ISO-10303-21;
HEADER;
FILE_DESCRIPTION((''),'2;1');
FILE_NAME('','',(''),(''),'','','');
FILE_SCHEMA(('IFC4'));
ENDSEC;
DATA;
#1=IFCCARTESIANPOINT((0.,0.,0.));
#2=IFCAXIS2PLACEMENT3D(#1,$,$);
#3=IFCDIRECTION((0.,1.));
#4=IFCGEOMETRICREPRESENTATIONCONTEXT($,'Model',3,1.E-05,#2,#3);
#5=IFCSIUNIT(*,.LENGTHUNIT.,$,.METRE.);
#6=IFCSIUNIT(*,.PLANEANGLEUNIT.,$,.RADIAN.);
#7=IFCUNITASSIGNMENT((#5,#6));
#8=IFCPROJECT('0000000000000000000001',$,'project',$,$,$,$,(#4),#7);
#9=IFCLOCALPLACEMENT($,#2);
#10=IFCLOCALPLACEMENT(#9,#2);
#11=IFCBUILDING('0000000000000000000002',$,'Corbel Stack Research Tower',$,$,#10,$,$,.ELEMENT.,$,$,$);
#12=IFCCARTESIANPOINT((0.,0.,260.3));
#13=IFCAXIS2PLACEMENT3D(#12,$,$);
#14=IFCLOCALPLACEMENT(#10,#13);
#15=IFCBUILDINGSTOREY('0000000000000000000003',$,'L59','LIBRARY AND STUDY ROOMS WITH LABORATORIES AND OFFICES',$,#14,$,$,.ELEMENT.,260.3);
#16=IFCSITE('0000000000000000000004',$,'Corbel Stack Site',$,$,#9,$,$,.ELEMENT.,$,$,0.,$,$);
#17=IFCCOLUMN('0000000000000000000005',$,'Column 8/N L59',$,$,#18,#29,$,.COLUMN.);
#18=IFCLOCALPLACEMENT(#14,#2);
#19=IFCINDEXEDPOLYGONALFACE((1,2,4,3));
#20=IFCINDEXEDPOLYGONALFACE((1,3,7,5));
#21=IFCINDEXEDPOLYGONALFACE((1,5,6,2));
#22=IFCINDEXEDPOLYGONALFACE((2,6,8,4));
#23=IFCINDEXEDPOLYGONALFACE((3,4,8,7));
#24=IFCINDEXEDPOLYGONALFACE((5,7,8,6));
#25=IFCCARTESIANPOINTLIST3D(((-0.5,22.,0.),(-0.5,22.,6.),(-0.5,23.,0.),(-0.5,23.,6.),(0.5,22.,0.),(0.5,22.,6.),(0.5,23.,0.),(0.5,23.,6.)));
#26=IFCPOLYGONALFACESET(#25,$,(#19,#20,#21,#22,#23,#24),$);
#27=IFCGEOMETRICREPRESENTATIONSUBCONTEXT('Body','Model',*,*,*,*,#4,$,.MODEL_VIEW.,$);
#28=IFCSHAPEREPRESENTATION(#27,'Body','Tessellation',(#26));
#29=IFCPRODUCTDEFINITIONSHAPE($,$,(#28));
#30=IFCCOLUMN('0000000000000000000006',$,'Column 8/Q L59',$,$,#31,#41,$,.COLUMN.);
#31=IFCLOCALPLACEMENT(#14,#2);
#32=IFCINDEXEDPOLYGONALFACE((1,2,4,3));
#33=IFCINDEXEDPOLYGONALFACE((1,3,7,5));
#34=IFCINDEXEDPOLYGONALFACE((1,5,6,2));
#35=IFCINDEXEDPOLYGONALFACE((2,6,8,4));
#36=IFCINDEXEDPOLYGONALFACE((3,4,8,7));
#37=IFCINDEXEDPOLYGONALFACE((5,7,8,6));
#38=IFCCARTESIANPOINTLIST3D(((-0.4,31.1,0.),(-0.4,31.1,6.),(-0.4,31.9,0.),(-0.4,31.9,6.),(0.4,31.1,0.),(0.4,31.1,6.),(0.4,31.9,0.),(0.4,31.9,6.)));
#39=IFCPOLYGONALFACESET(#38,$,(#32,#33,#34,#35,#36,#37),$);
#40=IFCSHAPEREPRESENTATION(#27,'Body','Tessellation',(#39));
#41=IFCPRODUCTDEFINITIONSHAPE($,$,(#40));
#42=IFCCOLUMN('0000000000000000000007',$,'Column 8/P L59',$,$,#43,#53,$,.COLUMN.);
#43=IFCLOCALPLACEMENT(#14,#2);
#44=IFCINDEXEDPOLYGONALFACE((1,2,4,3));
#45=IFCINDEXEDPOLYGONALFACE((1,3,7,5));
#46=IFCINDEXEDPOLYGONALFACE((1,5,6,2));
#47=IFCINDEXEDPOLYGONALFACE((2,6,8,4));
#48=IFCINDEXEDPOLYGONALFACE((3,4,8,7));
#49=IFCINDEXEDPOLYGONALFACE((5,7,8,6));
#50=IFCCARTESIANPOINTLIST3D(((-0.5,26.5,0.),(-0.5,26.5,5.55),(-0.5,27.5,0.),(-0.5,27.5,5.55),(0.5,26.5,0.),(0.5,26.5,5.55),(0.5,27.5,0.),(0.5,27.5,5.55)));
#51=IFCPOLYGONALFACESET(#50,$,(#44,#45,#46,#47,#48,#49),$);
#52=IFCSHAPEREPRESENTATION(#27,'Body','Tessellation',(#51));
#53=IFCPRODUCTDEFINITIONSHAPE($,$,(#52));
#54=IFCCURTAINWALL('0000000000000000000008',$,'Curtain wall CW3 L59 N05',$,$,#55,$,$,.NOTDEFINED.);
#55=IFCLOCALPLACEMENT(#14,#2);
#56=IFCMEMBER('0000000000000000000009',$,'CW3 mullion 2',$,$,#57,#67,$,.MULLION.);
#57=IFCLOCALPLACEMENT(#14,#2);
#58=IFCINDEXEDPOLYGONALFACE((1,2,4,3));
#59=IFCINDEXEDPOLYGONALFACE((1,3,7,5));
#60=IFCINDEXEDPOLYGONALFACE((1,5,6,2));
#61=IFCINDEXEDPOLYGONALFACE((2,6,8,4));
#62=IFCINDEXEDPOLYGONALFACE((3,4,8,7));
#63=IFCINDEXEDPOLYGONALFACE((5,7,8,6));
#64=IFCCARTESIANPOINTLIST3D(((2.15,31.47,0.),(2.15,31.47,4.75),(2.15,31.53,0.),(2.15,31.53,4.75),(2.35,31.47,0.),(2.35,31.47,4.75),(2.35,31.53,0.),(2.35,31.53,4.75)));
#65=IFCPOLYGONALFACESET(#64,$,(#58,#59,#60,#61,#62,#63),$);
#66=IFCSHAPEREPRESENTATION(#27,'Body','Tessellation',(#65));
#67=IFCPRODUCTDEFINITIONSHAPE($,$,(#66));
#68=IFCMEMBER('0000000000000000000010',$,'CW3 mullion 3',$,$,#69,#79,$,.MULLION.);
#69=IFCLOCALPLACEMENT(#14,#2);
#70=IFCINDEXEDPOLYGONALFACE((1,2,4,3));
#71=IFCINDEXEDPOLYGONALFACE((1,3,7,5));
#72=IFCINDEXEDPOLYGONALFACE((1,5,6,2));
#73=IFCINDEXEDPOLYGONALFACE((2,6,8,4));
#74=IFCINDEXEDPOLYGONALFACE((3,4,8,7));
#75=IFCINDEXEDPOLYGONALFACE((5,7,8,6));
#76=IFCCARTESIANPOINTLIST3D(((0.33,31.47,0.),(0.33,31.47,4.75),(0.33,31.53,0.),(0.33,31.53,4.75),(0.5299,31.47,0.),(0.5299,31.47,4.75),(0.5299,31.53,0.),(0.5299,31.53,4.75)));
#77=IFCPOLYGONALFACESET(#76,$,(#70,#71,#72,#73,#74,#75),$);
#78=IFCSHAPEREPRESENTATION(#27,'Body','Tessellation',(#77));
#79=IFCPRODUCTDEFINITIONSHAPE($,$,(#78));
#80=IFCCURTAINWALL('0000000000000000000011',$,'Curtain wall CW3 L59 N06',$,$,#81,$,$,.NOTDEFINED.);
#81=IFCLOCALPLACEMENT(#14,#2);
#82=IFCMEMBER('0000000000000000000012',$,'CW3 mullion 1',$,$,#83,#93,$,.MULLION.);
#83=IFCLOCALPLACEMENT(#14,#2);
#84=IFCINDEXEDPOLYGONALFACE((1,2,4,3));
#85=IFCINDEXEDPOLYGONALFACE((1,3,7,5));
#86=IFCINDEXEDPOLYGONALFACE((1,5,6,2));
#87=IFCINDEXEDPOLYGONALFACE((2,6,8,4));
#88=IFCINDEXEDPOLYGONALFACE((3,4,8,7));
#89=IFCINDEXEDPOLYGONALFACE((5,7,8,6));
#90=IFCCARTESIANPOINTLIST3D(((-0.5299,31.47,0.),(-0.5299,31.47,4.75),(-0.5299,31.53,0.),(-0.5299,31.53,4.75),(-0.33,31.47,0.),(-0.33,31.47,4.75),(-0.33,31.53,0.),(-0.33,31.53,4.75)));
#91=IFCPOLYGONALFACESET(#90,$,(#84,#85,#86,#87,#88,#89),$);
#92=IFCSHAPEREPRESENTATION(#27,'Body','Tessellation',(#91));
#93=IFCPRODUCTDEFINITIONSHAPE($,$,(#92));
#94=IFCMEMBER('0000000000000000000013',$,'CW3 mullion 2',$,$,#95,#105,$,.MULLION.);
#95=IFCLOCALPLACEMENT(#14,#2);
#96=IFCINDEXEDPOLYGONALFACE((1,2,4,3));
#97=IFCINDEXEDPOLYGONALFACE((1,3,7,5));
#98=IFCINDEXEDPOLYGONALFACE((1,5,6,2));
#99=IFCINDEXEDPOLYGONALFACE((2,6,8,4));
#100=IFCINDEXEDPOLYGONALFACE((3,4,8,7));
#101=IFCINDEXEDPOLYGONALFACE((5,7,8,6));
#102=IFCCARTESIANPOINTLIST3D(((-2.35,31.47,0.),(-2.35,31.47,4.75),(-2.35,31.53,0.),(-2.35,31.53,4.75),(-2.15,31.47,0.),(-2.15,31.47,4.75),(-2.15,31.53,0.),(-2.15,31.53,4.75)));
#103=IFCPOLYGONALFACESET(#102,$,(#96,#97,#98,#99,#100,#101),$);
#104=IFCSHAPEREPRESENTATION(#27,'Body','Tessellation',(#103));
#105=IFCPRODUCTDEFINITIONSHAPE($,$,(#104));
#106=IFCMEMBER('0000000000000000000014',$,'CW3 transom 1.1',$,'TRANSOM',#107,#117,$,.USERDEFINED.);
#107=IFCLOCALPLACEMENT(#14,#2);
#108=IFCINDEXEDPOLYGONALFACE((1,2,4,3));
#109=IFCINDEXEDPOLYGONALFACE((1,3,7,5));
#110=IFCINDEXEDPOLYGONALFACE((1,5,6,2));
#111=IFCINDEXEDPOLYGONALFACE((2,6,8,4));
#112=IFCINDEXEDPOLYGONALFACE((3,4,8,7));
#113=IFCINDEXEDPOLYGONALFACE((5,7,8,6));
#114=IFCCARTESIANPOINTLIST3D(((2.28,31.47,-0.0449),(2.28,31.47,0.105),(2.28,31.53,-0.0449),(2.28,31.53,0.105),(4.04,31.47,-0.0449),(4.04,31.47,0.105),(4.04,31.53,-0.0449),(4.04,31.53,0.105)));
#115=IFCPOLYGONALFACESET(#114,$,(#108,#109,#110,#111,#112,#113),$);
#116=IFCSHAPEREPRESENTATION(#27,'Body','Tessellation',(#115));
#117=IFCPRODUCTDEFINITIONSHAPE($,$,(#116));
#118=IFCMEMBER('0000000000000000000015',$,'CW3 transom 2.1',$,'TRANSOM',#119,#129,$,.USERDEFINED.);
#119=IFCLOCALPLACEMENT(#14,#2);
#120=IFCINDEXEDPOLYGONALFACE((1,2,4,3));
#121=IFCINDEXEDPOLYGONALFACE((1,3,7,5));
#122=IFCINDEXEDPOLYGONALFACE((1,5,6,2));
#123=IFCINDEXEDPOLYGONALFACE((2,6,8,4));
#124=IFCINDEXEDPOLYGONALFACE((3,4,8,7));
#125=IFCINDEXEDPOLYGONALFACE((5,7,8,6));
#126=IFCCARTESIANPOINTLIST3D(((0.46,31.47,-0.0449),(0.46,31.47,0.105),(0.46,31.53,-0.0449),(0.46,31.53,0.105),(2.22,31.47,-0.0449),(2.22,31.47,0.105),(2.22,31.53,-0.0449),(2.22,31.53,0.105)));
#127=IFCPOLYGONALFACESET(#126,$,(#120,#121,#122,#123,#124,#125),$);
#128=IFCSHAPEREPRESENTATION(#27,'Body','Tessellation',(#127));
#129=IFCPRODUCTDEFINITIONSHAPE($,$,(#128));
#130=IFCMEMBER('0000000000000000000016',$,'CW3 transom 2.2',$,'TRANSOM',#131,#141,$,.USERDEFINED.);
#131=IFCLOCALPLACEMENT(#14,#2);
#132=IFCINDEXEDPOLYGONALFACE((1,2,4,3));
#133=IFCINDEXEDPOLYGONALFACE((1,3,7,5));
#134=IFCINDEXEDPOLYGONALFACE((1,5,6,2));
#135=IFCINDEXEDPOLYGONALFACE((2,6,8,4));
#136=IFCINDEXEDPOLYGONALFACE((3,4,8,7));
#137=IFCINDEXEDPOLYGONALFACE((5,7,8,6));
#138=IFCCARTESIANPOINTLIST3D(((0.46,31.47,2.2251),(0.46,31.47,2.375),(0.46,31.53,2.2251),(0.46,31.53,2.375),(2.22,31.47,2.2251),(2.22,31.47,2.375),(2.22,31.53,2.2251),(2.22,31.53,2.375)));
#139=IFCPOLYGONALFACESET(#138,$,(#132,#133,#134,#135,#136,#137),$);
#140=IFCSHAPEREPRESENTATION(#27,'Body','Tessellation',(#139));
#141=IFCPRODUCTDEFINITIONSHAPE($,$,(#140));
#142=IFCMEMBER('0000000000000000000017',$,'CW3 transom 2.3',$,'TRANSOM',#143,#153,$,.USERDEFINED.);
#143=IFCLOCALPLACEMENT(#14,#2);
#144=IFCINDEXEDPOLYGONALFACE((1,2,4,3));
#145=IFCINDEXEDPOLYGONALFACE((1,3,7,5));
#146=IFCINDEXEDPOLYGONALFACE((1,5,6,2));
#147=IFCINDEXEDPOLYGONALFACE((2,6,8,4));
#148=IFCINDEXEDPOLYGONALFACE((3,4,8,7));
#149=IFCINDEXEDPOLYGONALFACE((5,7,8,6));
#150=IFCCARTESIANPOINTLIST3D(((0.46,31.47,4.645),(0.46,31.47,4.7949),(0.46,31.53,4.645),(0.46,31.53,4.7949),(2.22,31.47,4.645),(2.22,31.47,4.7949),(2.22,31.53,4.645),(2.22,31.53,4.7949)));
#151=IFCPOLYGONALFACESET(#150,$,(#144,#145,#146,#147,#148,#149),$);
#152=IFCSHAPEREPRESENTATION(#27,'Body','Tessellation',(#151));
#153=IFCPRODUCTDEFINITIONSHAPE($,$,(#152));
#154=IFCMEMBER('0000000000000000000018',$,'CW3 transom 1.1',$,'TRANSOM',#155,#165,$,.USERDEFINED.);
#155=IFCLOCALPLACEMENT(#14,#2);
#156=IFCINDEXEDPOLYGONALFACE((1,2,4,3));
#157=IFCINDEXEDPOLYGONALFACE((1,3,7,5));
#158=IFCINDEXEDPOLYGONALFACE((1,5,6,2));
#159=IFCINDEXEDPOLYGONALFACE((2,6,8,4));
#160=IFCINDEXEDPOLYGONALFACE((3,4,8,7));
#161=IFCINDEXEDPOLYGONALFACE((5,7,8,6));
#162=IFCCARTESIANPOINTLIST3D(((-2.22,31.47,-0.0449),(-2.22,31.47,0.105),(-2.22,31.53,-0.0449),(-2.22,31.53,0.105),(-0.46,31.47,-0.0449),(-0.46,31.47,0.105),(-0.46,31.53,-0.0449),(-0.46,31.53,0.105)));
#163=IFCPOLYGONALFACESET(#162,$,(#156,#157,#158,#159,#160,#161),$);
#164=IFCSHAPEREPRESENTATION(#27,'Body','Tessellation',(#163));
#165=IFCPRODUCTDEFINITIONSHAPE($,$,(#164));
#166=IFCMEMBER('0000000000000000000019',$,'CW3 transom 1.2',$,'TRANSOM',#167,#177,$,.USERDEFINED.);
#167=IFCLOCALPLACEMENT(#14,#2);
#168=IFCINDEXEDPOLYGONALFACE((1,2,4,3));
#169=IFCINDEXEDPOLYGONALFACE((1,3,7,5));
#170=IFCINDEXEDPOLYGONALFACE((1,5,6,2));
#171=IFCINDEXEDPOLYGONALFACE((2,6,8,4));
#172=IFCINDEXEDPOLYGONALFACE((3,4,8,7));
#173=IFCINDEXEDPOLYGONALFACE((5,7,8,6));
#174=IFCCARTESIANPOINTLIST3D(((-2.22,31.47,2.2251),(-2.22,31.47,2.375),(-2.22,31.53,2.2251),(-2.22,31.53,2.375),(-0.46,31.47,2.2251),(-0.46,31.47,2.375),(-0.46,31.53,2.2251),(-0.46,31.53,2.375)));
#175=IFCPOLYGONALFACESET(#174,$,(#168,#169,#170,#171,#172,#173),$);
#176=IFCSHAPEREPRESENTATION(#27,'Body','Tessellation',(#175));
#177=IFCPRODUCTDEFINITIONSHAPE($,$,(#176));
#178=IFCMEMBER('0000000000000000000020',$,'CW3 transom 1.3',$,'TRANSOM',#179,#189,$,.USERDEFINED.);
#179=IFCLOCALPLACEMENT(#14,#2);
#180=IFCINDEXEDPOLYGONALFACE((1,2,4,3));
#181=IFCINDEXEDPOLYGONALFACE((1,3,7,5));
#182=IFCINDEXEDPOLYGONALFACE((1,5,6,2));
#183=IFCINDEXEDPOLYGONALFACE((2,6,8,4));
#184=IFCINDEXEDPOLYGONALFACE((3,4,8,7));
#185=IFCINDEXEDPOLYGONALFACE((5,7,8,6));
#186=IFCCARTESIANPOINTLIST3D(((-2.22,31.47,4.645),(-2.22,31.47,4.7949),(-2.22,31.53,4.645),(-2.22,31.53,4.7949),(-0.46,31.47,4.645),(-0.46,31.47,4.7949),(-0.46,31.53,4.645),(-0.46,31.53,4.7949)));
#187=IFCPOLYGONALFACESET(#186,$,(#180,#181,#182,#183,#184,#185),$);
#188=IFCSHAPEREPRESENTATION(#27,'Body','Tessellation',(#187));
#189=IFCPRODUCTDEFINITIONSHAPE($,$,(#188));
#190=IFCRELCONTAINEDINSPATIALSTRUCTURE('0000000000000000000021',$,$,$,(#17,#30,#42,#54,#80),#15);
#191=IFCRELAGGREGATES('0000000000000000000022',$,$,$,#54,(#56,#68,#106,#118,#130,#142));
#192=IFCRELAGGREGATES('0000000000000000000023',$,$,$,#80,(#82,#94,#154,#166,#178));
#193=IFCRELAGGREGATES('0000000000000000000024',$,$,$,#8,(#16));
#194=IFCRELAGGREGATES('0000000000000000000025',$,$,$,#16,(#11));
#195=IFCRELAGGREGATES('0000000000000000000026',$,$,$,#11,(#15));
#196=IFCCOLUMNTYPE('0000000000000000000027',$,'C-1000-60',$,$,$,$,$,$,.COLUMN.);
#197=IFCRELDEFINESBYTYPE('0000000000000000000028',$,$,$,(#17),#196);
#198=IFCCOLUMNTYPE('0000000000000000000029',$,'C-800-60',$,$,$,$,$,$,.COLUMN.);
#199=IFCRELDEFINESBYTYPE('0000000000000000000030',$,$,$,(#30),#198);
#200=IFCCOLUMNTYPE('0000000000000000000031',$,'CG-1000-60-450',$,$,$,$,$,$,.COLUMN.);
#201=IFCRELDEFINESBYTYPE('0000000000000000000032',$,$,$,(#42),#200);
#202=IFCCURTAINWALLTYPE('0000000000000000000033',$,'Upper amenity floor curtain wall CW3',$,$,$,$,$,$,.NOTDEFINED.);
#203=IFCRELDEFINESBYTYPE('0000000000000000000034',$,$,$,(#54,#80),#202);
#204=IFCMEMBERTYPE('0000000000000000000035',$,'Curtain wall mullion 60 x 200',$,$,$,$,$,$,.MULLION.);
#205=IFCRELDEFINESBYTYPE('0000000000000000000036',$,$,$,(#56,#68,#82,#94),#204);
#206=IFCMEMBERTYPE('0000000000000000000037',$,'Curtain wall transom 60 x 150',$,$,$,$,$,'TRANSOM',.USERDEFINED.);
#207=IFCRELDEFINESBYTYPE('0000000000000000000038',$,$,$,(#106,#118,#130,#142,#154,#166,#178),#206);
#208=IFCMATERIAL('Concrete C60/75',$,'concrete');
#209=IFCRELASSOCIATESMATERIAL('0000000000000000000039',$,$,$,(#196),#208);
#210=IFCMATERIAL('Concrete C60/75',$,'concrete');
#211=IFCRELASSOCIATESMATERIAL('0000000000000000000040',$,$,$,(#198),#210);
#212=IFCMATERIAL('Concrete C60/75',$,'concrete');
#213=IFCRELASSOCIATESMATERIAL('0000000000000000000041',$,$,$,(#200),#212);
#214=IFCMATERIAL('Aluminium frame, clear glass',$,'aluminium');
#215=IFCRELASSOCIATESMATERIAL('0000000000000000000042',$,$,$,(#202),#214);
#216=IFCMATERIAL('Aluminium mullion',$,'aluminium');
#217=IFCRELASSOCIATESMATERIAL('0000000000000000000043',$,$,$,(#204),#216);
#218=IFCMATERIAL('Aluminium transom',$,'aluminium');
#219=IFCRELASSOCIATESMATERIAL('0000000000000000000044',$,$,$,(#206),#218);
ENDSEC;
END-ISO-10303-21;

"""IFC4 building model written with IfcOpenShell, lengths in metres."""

from ifc_helpers import new_model, si_unit, direction, frame, origin, origin_2d, place, context, subcontext, project, spatial, rectangle, extrude, material, material_profile, profile_set, type_object, element, aggregate, save


model = new_model("IFC4")

# Units and contexts
model_context = context("Model", 3, precision=1e-05, world=origin(), true_north=direction((0.0, 1.0)))
body_context = subcontext(model_context, "Body", "Model", "MODEL_VIEW")
ifc_project = project(units=[si_unit("LENGTHUNIT", "METRE"), si_unit("PLANEANGLEUNIT", "RADIAN")], contexts=[model_context])

# Site, building, storey
site_placement = place(None, origin())
site = spatial("IfcSite", under=ifc_project, at=site_placement, Name="Corbel Stack Site", CompositionType="ELEMENT", RefElevation=0.0)
building_placement = place(site_placement, origin())
building = spatial("IfcBuilding", under=site, at=building_placement, Name="Corbel Stack Research Tower", CompositionType="ELEMENT")
storey_placement = place(building_placement, frame((0.0, 0.0, 260.3)))
storey = spatial("IfcBuildingStorey", under=building, at=storey_placement, Name="L59", Description="LIBRARY AND STUDY ROOMS WITH LABORATORIES AND OFFICES", CompositionType="ELEMENT", Elevation=260.3)

# Columns
ifc_material_1 = material(Name="Concrete C60/75", Category="concrete")
ifc_material_profile_1 = material_profile(ifc_material_1, rectangle(XDim=1.0, YDim=1.0, at=origin_2d()), Name="RC 1000 x 1000")
ifc_profile_set_1 = profile_set([ifc_material_profile_1], Name="Concrete C60/75")
column_type_1 = type_object("IfcColumnType", Name="C-1000-60", PredefinedType="COLUMN", material=ifc_profile_set_1)
column_1_placement = place(storey_placement, frame((0.0, 22.5, 0.0), z_axis=(0.0, 0.0, 1.0), x_axis=(1.0, 0.0, 0.0)))
element("IfcColumn", 1, at=column_1_placement, inside=storey, type_object=column_type_1, Name="Column 8/N L59", PredefinedType="COLUMN", context=body_context, shape_type="SweptSolid", body=[
    extrude(rectangle(XDim=1.0, YDim=1.0, at=origin_2d()), origin(), (0.0, 0.0, 1.0), 6.0),
])
ifc_material_2 = material(Name="Concrete C60/75", Category="concrete")
ifc_material_profile_2 = material_profile(ifc_material_2, rectangle(XDim=0.8, YDim=0.8, at=origin_2d()), Name="RC 800 x 800")
ifc_profile_set_2 = profile_set([ifc_material_profile_2], Name="Concrete C60/75")
column_type_2 = type_object("IfcColumnType", Name="C-800-60", PredefinedType="COLUMN", material=ifc_profile_set_2)
column_2_placement = place(storey_placement, frame((0.0, 31.5, 0.0), z_axis=(0.0, 0.0, 1.0), x_axis=(1.0, 0.0, 0.0)))
element("IfcColumn", 2, at=column_2_placement, inside=storey, type_object=column_type_2, Name="Column 8/Q L59", PredefinedType="COLUMN", context=body_context, shape_type="SweptSolid", body=[
    extrude(rectangle(XDim=0.8, YDim=0.8, at=origin_2d()), origin(), (0.0, 0.0, 1.0), 6.0),
])
ifc_material_3 = material(Name="Concrete C60/75", Category="concrete")
ifc_material_profile_3 = material_profile(ifc_material_3, rectangle(XDim=1.0, YDim=1.0, at=origin_2d()), Name="RC 1000 x 1000")
ifc_profile_set_3 = profile_set([ifc_material_profile_3], Name="Concrete C60/75")
column_type_3 = type_object("IfcColumnType", Name="CG-1000-60-450", PredefinedType="COLUMN", material=ifc_profile_set_3)
column_3_placement = place(storey_placement, frame((0.0, 27.0, 0.0), z_axis=(0.0, 0.0, 1.0), x_axis=(1.0, 0.0, 0.0)))
element("IfcColumn", 3, at=column_3_placement, inside=storey, type_object=column_type_3, Name="Column 8/P L59", PredefinedType="COLUMN", context=body_context, shape_type="SweptSolid", body=[
    extrude(rectangle(XDim=1.0, YDim=1.0, at=origin_2d()), origin(), (0.0, 0.0, 1.0), 5.55),
])

# Curtain walls, members
ifc_material_4 = material(Name="Aluminium frame, clear glass", Category="aluminium")
curtain_wall_type = type_object("IfcCurtainWallType", Name="Upper amenity floor curtain wall CW3", PredefinedType="NOTDEFINED", material=ifc_material_4)
curtain_wall_1_placement = place(storey_placement, origin())
curtain_wall_1 = element("IfcCurtainWall", 4, at=curtain_wall_1_placement, inside=storey, type_object=curtain_wall_type, Name="Curtain wall CW3 L59 N05", PredefinedType="NOTDEFINED")
ifc_material_5 = material(Name="Aluminium mullion", Category="aluminium")
ifc_material_profile_4 = material_profile(ifc_material_5, rectangle(XDim=0.0601, YDim=0.2, at=origin_2d()), Name="Mullion 60 x 200")
ifc_profile_set_4 = profile_set([ifc_material_profile_4], Name="Aluminium mullion")
member_type_1 = type_object("IfcMemberType", Name="Curtain wall mullion 60 x 200", PredefinedType="MULLION", material=ifc_profile_set_4)
member_1_placement = place(storey_placement, frame((2.25, 31.5, 0.0), z_axis=(0.0, 0.0, 1.0), x_axis=(0.0, -1.0, 0.0)))
member_1 = element("IfcMember", 5, at=member_1_placement, type_object=member_type_1, Name="CW3 mullion 2", PredefinedType="MULLION", context=body_context, shape_type="SweptSolid", body=[
    extrude(rectangle(XDim=0.0601, YDim=0.2, at=origin_2d()), origin(), (0.0, 0.0, 1.0), 4.75),
])
member_2_placement = place(storey_placement, frame((0.4299, 31.5, 0.0), z_axis=(0.0, 0.0, 1.0), x_axis=(0.0, -1.0, 0.0)))
member_2 = element("IfcMember", 6, at=member_2_placement, type_object=member_type_1, Name="CW3 mullion 3", PredefinedType="MULLION", context=body_context, shape_type="SweptSolid", body=[
    extrude(rectangle(XDim=0.0601, YDim=0.2, at=origin_2d()), origin(), (0.0, 0.0, 1.0), 4.75),
])
curtain_wall_2_placement = place(storey_placement, origin())
curtain_wall_2 = element("IfcCurtainWall", 7, at=curtain_wall_2_placement, inside=storey, type_object=curtain_wall_type, Name="Curtain wall CW3 L59 N06", PredefinedType="NOTDEFINED")
member_3_placement = place(storey_placement, frame((-0.4299, 31.5, 0.0), z_axis=(0.0, 0.0, 1.0), x_axis=(0.0, -1.0, 0.0)))
member_3 = element("IfcMember", 8, at=member_3_placement, type_object=member_type_1, Name="CW3 mullion 1", PredefinedType="MULLION", context=body_context, shape_type="SweptSolid", body=[
    extrude(rectangle(XDim=0.0601, YDim=0.2, at=origin_2d()), origin(), (0.0, 0.0, 1.0), 4.75),
])
member_4_placement = place(storey_placement, frame((-2.25, 31.5, 0.0), z_axis=(0.0, 0.0, 1.0), x_axis=(0.0, -1.0, 0.0)))
member_4 = element("IfcMember", 9, at=member_4_placement, type_object=member_type_1, Name="CW3 mullion 2", PredefinedType="MULLION", context=body_context, shape_type="SweptSolid", body=[
    extrude(rectangle(XDim=0.0601, YDim=0.2, at=origin_2d()), origin(), (0.0, 0.0, 1.0), 4.75),
])

# Members
ifc_material_6 = material(Name="Aluminium transom", Category="aluminium")
ifc_material_profile_5 = material_profile(ifc_material_6, rectangle(XDim=0.0601, YDim=0.1499, at=origin_2d()), Name="Transom 60 x 150")
ifc_profile_set_5 = profile_set([ifc_material_profile_5], Name="Aluminium transom")
member_type_2 = type_object("IfcMemberType", Name="Curtain wall transom 60 x 150", ElementType="TRANSOM", PredefinedType="USERDEFINED", material=ifc_profile_set_5)
member_5_placement = place(storey_placement, frame((4.04, 31.5, 0.03), z_axis=(-1.0, 0.0, 0.0), x_axis=(0.0, -1.0, 0.0)))
member_5 = element("IfcMember", 10, at=member_5_placement, type_object=member_type_2, Name="CW3 transom 1.1", ObjectType="TRANSOM", PredefinedType="USERDEFINED", context=body_context, shape_type="SweptSolid", body=[
    extrude(rectangle(XDim=0.0601, YDim=0.1499, at=origin_2d()), origin(), (0.0, 0.0, 1.0), 1.76),
])
member_6_placement = place(storey_placement, frame((2.22, 31.5, 0.03), z_axis=(-1.0, 0.0, 0.0), x_axis=(0.0, -1.0, 0.0)))
member_6 = element("IfcMember", 11, at=member_6_placement, type_object=member_type_2, Name="CW3 transom 2.1", ObjectType="TRANSOM", PredefinedType="USERDEFINED", context=body_context, shape_type="SweptSolid", body=[
    extrude(rectangle(XDim=0.0601, YDim=0.1499, at=origin_2d()), origin(), (0.0, 0.0, 1.0), 1.76),
])
member_7_placement = place(storey_placement, frame((2.22, 31.5, 2.3), z_axis=(-1.0, 0.0, 0.0), x_axis=(0.0, -1.0, 0.0)))
member_7 = element("IfcMember", 12, at=member_7_placement, type_object=member_type_2, Name="CW3 transom 2.2", ObjectType="TRANSOM", PredefinedType="USERDEFINED", context=body_context, shape_type="SweptSolid", body=[
    extrude(rectangle(XDim=0.0601, YDim=0.1499, at=origin_2d()), origin(), (0.0, 0.0, 1.0), 1.76),
])
member_8_placement = place(storey_placement, frame((2.22, 31.5, 4.72), z_axis=(-1.0, 0.0, 0.0), x_axis=(0.0, -1.0, 0.0)))
member_8 = element("IfcMember", 13, at=member_8_placement, type_object=member_type_2, Name="CW3 transom 2.3", ObjectType="TRANSOM", PredefinedType="USERDEFINED", context=body_context, shape_type="SweptSolid", body=[
    extrude(rectangle(XDim=0.0601, YDim=0.1499, at=origin_2d()), origin(), (0.0, 0.0, 1.0), 1.76),
])
member_9_placement = place(storey_placement, frame((-0.46, 31.5, 0.03), z_axis=(-1.0, 0.0, 0.0), x_axis=(0.0, -1.0, 0.0)))
member_9 = element("IfcMember", 14, at=member_9_placement, type_object=member_type_2, Name="CW3 transom 1.1", ObjectType="TRANSOM", PredefinedType="USERDEFINED", context=body_context, shape_type="SweptSolid", body=[
    extrude(rectangle(XDim=0.0601, YDim=0.1499, at=origin_2d()), origin(), (0.0, 0.0, 1.0), 1.76),
])
member_10_placement = place(storey_placement, frame((-0.46, 31.5, 2.3), z_axis=(-1.0, 0.0, 0.0), x_axis=(0.0, -1.0, 0.0)))
member_10 = element("IfcMember", 15, at=member_10_placement, type_object=member_type_2, Name="CW3 transom 1.2", ObjectType="TRANSOM", PredefinedType="USERDEFINED", context=body_context, shape_type="SweptSolid", body=[
    extrude(rectangle(XDim=0.0601, YDim=0.1499, at=origin_2d()), origin(), (0.0, 0.0, 1.0), 1.76),
])
member_11_placement = place(storey_placement, frame((-0.46, 31.5, 4.72), z_axis=(-1.0, 0.0, 0.0), x_axis=(0.0, -1.0, 0.0)))
member_11 = element("IfcMember", 16, at=member_11_placement, type_object=member_type_2, Name="CW3 transom 1.3", ObjectType="TRANSOM", PredefinedType="USERDEFINED", context=body_context, shape_type="SweptSolid", body=[
    extrude(rectangle(XDim=0.0601, YDim=0.1499, at=origin_2d()), origin(), (0.0, 0.0, 1.0), 1.76),
])

aggregate(curtain_wall_1, [member_1, member_2, member_5, member_6, member_7, member_8])
aggregate(curtain_wall_2, [member_3, member_4, member_9, member_10, member_11])

save(model, "model.ifc")
